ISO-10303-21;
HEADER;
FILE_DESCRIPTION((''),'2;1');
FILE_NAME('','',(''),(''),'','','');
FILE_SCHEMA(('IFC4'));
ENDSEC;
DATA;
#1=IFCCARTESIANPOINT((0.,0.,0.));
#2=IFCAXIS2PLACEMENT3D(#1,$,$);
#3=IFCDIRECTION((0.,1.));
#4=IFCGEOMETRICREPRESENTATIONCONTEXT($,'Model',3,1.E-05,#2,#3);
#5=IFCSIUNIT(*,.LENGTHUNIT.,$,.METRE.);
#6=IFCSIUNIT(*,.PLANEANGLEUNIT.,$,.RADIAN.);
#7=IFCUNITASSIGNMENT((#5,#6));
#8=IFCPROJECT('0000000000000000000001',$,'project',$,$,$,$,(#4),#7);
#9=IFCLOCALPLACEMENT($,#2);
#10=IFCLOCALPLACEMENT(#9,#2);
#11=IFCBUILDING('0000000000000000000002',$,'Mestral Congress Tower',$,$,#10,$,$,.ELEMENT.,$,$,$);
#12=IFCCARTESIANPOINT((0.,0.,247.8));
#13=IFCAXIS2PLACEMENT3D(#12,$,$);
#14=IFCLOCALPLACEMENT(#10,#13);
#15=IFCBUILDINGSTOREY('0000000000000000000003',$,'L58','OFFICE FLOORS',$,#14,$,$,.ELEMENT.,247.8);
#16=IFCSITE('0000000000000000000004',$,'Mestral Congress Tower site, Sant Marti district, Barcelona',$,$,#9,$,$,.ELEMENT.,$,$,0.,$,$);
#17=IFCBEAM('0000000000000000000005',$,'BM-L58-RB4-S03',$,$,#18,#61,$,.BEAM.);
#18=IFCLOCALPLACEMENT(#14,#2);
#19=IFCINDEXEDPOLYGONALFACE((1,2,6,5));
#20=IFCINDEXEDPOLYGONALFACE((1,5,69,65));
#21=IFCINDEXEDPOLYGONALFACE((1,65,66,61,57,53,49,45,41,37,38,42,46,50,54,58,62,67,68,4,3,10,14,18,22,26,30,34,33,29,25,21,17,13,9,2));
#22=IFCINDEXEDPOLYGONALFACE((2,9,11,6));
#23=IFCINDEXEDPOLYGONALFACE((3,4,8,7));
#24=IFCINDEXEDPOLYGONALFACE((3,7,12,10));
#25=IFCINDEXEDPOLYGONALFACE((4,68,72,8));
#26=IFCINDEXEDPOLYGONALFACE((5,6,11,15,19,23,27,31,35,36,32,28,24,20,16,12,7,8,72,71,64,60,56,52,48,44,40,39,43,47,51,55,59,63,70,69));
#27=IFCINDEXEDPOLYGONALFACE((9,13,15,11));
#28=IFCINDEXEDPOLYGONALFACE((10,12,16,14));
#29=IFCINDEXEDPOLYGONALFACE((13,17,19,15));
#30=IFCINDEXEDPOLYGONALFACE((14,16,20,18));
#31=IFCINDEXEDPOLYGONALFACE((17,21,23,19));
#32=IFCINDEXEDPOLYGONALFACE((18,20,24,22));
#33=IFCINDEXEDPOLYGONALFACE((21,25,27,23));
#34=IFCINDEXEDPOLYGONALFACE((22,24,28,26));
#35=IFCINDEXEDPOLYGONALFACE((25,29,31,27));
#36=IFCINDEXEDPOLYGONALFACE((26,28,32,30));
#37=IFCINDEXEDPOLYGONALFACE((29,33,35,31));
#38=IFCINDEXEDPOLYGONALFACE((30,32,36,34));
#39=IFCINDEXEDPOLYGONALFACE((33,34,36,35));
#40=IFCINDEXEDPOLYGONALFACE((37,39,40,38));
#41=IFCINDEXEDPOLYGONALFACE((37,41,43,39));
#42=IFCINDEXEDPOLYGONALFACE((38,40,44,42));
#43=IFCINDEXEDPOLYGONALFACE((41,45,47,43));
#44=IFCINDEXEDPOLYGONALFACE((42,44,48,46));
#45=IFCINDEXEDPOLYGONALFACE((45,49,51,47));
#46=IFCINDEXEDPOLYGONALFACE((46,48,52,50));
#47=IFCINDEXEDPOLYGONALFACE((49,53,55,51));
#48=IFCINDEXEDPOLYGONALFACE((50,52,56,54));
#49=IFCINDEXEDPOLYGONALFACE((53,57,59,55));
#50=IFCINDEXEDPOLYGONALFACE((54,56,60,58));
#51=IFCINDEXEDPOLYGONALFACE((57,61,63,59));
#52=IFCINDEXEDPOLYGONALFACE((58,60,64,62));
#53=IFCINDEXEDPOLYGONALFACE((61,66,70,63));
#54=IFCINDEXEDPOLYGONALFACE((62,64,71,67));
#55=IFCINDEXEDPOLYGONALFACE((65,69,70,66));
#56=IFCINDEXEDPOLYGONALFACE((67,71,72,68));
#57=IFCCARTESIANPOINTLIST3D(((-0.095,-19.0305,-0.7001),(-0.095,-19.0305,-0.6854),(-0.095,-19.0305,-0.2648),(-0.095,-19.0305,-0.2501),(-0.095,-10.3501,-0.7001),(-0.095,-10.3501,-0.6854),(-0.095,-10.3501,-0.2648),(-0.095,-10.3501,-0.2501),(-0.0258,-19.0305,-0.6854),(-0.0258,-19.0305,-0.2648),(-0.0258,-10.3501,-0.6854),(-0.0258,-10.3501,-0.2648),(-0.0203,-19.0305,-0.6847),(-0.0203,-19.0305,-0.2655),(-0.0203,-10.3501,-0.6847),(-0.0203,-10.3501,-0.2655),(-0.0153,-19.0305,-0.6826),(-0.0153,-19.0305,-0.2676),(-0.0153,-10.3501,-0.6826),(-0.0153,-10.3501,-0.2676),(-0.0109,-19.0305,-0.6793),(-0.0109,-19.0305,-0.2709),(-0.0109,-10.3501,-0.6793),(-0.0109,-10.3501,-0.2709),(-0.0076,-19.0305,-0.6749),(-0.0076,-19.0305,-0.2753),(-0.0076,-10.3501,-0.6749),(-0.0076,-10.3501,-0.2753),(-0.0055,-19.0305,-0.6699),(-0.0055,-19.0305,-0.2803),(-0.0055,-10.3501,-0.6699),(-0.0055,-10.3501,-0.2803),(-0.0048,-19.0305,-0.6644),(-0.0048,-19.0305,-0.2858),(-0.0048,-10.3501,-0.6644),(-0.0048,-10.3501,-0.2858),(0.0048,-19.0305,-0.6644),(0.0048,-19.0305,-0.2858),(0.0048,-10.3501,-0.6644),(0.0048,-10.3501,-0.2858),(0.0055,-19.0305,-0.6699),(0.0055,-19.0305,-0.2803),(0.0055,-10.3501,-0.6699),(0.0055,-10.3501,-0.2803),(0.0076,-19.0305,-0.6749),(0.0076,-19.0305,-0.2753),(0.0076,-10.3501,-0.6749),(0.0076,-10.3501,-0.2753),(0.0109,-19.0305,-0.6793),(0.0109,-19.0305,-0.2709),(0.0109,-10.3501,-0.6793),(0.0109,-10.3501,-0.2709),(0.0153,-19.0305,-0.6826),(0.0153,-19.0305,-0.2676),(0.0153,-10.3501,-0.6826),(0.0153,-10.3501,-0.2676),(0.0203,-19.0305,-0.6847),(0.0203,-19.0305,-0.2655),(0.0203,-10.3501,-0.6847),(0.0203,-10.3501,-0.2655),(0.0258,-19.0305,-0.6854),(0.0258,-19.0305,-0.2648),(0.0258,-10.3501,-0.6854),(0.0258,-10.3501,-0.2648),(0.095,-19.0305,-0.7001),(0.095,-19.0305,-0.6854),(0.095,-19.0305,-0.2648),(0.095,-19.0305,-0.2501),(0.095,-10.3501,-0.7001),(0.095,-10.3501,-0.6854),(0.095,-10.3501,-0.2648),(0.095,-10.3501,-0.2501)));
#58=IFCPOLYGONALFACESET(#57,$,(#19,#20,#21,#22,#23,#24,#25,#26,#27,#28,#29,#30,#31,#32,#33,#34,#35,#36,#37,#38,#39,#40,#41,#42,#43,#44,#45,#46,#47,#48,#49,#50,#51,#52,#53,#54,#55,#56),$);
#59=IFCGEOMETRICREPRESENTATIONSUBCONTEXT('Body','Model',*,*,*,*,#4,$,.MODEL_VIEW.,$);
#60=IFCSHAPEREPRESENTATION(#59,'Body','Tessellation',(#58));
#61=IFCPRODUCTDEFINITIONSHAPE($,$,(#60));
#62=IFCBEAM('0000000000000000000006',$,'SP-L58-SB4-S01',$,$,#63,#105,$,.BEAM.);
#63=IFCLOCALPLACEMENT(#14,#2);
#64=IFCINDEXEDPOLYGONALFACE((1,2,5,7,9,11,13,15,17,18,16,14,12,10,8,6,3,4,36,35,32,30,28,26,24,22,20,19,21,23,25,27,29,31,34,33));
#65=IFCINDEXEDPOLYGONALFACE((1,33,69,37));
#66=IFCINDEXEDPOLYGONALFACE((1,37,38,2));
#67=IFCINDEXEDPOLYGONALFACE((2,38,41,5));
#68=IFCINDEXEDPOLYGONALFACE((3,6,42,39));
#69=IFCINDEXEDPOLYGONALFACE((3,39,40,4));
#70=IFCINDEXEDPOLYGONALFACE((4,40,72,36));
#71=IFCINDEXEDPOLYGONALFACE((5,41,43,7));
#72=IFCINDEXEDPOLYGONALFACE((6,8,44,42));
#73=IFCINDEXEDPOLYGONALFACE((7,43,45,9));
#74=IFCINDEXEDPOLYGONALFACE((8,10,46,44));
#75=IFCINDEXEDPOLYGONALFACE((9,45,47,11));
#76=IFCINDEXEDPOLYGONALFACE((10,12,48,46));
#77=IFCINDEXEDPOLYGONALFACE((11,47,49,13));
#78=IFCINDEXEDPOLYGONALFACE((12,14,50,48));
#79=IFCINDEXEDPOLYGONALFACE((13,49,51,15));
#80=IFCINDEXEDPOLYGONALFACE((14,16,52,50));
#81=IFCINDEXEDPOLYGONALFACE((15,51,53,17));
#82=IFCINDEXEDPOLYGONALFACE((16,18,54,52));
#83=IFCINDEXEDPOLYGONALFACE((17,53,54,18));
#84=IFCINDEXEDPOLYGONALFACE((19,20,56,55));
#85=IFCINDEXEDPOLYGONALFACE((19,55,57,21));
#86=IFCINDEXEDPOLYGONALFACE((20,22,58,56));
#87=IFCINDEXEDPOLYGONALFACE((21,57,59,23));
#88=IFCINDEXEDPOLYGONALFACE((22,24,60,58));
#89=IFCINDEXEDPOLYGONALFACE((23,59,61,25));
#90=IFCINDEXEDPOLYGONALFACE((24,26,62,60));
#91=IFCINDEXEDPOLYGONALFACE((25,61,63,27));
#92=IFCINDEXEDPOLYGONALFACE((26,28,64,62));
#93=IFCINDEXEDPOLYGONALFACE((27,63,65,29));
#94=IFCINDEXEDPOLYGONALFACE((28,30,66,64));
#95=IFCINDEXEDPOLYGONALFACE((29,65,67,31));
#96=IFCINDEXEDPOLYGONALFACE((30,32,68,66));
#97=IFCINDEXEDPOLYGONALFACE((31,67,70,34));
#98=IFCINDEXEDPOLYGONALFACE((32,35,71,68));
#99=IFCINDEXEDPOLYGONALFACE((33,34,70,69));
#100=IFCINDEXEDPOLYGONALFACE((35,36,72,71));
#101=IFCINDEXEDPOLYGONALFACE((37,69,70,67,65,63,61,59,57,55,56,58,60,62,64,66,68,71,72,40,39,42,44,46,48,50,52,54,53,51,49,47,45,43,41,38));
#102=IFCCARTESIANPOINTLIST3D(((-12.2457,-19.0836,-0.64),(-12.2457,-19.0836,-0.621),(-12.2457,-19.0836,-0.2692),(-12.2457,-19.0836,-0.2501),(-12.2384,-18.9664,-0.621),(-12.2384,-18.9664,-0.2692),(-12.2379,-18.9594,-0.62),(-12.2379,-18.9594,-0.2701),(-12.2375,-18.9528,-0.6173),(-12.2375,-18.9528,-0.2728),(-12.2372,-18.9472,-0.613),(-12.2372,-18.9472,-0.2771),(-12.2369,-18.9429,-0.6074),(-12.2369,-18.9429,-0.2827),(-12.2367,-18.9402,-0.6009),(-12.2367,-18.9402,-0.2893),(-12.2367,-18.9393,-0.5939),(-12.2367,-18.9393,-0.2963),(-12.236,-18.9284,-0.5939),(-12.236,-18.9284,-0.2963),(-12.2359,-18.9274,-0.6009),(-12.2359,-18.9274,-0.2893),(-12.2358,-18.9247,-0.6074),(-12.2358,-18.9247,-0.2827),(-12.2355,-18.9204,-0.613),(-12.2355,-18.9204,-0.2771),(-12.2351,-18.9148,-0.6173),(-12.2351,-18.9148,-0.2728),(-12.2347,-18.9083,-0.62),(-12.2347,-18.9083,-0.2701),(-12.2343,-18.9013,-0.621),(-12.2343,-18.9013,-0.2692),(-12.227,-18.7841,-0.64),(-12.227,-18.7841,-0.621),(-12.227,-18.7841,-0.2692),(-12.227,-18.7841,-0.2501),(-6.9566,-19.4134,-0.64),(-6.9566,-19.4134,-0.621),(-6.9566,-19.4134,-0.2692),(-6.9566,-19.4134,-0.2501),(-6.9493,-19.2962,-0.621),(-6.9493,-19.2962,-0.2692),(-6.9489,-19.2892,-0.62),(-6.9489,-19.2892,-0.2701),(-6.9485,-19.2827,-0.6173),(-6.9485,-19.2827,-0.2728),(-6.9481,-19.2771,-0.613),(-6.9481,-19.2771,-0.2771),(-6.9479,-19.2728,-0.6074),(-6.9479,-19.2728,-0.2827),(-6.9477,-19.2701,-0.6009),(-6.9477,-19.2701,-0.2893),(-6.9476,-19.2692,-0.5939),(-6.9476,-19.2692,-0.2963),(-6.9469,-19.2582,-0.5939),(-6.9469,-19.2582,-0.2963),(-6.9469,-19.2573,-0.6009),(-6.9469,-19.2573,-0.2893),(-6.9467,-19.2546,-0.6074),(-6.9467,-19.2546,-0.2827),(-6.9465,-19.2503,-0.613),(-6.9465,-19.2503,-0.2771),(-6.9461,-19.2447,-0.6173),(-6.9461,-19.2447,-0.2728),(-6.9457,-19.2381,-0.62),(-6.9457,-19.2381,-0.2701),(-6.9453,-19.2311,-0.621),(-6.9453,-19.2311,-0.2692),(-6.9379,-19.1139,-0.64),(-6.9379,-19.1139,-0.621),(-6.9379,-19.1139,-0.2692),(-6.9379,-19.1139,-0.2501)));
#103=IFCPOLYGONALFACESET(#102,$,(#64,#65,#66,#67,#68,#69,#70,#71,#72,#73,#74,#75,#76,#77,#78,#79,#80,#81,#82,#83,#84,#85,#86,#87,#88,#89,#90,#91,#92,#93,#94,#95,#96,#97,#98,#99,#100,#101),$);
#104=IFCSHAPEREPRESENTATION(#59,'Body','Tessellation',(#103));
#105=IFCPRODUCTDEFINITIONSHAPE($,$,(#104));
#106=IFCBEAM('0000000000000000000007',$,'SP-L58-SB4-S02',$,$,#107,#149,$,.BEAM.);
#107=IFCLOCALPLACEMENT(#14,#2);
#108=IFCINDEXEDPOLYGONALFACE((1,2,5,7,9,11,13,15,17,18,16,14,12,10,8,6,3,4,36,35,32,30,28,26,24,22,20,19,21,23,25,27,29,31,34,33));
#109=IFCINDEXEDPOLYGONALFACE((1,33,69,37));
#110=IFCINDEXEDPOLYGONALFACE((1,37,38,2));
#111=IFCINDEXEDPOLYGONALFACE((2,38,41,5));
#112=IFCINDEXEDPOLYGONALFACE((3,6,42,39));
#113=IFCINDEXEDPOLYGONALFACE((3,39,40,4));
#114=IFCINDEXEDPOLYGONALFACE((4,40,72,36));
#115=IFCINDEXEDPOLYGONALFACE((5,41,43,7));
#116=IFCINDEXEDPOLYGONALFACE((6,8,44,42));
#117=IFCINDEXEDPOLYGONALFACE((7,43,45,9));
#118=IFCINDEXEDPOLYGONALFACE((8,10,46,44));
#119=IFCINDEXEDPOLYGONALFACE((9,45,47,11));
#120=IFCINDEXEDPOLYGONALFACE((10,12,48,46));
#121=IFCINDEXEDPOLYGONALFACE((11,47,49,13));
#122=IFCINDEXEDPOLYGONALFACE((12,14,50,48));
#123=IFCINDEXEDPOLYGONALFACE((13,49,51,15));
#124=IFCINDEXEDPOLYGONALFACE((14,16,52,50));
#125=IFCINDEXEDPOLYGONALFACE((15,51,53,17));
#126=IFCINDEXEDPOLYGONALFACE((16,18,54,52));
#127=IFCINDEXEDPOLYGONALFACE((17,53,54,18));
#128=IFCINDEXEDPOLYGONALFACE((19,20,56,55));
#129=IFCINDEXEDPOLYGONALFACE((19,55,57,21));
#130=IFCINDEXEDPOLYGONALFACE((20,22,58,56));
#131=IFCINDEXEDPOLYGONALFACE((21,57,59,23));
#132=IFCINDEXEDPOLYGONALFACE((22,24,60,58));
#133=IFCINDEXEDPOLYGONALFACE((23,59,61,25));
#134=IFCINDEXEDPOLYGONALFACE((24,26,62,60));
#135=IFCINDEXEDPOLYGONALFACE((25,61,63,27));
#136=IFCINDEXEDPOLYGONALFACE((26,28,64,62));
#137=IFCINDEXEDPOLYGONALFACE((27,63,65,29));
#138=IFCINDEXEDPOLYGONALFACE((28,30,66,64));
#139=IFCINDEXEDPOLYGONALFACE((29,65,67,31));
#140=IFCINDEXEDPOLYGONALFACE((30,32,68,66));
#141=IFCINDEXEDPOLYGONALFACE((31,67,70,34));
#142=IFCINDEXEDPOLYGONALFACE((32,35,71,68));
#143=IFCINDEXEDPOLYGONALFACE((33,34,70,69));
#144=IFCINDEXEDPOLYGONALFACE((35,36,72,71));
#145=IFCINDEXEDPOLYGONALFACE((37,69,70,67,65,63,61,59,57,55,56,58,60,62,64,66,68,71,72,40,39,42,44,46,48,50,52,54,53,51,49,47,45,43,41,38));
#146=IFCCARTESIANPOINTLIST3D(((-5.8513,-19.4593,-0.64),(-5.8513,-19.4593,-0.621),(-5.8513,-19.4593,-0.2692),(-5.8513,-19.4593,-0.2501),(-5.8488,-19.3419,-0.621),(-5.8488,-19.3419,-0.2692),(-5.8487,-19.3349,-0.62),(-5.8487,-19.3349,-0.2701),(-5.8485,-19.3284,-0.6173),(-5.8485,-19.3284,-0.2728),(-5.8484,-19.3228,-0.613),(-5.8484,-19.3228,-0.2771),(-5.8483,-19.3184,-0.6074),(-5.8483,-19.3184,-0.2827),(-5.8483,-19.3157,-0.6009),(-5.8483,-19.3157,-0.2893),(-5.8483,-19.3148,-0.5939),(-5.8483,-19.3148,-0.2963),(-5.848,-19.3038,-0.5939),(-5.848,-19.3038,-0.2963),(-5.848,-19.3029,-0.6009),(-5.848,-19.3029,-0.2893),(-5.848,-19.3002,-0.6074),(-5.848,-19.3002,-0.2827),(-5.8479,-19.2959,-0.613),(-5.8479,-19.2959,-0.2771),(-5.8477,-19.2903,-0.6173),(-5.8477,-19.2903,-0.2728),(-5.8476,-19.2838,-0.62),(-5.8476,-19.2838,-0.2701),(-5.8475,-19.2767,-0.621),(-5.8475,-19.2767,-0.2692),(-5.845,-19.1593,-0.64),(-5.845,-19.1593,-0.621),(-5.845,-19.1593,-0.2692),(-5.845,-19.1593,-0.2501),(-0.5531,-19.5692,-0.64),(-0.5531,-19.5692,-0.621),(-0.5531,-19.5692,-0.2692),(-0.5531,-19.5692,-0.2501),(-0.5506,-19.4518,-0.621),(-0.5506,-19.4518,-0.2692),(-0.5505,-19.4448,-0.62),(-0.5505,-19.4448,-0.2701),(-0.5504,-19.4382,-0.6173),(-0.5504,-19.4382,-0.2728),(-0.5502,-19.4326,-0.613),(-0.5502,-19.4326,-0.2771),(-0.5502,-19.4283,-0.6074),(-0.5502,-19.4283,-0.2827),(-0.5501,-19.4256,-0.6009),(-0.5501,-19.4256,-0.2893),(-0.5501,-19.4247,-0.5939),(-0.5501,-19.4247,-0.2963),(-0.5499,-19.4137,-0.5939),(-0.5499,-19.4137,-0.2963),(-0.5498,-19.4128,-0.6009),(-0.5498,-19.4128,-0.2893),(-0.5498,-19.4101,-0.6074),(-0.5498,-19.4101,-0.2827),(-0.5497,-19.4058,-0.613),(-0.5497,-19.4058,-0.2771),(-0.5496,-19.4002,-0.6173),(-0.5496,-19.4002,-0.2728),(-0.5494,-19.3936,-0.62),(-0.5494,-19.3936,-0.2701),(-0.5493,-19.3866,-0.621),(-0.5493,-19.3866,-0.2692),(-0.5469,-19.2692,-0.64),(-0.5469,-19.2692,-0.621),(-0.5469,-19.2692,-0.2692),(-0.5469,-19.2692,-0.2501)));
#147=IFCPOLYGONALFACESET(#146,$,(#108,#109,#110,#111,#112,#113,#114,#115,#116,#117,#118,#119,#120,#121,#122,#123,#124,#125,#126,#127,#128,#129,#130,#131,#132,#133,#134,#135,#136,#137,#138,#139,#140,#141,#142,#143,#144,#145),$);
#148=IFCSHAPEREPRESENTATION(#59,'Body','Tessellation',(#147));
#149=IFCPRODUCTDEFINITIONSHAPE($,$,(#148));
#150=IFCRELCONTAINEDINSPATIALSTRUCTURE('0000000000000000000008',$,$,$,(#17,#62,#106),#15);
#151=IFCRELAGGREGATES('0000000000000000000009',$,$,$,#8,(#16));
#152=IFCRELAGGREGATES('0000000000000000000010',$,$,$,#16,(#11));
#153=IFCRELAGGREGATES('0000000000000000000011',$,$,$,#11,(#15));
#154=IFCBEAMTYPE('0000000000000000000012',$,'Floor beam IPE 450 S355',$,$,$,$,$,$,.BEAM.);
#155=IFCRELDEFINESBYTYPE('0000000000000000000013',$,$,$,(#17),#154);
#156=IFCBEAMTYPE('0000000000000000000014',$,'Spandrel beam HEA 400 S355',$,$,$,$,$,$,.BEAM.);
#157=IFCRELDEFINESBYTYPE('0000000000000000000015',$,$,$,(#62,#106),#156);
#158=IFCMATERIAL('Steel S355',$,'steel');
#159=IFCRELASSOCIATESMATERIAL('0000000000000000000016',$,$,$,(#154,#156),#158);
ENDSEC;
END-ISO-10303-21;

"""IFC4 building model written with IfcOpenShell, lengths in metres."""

from ifc_helpers import new_model, si_unit, direction, frame, origin, origin_2d, place, context, subcontext, project, spatial, i_section, extrude, material, material_profile, profile_set, type_object, element, save


model = new_model("IFC4")

# Units and contexts
model_context = context("Model", 3, precision=1e-05, world=origin(), true_north=direction((0.0, 1.0)))
body_context = subcontext(model_context, "Body", "Model", "MODEL_VIEW")
ifc_project = project(units=[si_unit("LENGTHUNIT", "METRE"), si_unit("PLANEANGLEUNIT", "RADIAN")], contexts=[model_context])

# Site, building, storey
site_placement = place(None, origin())
site = spatial("IfcSite", under=ifc_project, at=site_placement, Name="Mestral Congress Tower site, Sant Marti district, Barcelona", CompositionType="ELEMENT", RefElevation=0.0)
building_placement = place(site_placement, origin())
building = spatial("IfcBuilding", under=site, at=building_placement, Name="Mestral Congress Tower", CompositionType="ELEMENT")
storey_placement = place(building_placement, frame((0.0, 0.0, 247.8)))
storey = spatial("IfcBuildingStorey", under=building, at=storey_placement, Name="L58", Description="OFFICE FLOORS", CompositionType="ELEMENT", Elevation=247.8)

# Beams
ifc_material_1 = material(Name="Steel S355", Category="steel")
ifc_material_profile_1 = material_profile(ifc_material_1, i_section(OverallWidth=0.1899, OverallDepth=0.45, WebThickness=0.0095, FlangeThickness=0.0146, FilletRadius=0.021, at=origin_2d()), Name="IPE 450")
ifc_profile_set_1 = profile_set([ifc_material_profile_1], Name="Steel S355")
beam_type_1 = type_object("IfcBeamType", Name="Floor beam IPE 450 S355", PredefinedType="BEAM", material=ifc_profile_set_1)
beam_1_placement = place(storey_placement, frame((0.0, -19.0305, -0.4751), z_axis=(0.0, 1.0, 0.0), x_axis=(-1.0, 0.0, 0.0)))
element("IfcBeam", 1, at=beam_1_placement, inside=storey, type_object=beam_type_1, Name="BM-L58-RB4-S03", PredefinedType="BEAM", context=body_context, shape_type="SweptSolid", body=[
    extrude(i_section(OverallWidth=0.1899, OverallDepth=0.45, WebThickness=0.0095, FlangeThickness=0.0146, FilletRadius=0.021, at=origin_2d()), origin(), (0.0, 0.0, 1.0), 8.6804),
])
ifc_material_profile_2 = material_profile(ifc_material_1, i_section(OverallWidth=0.3, OverallDepth=0.3899, WebThickness=0.011, FlangeThickness=0.019, FilletRadius=0.0271, at=origin_2d()), Name="HEA 400")
ifc_profile_set_2 = profile_set([ifc_material_profile_2], Name="Steel S355")
beam_type_2 = type_object("IfcBeamType", Name="Spandrel beam HEA 400 S355", PredefinedType="BEAM", material=ifc_profile_set_2)
for number, where, z_axis, x_axis, name in (
    (2, (-12.2363, -18.9338, -0.4451), (0.998061, -0.062241, 0.0), (0.062241, 0.998061, 0.0), "SP-L58-SB4-S01"),
    (3, (-5.8481, -19.3093, -0.4451), (0.999785, -0.020732, 0.0), (0.020732, 0.999785, 0.0), "SP-L58-SB4-S02"),
):
    element("IfcBeam", number, at=place(storey_placement, frame(where, z_axis=z_axis, x_axis=x_axis)), inside=storey, type_object=beam_type_2, Name=name, PredefinedType="BEAM", context=body_context, shape_type="SweptSolid", body=[
        extrude(i_section(OverallWidth=0.3, OverallDepth=0.3899, WebThickness=0.011, FlangeThickness=0.019, FilletRadius=0.0271, at=origin_2d()), origin(), (0.0, 0.0, 1.0), 5.2993),
    ])

save(model, "model.ifc")
